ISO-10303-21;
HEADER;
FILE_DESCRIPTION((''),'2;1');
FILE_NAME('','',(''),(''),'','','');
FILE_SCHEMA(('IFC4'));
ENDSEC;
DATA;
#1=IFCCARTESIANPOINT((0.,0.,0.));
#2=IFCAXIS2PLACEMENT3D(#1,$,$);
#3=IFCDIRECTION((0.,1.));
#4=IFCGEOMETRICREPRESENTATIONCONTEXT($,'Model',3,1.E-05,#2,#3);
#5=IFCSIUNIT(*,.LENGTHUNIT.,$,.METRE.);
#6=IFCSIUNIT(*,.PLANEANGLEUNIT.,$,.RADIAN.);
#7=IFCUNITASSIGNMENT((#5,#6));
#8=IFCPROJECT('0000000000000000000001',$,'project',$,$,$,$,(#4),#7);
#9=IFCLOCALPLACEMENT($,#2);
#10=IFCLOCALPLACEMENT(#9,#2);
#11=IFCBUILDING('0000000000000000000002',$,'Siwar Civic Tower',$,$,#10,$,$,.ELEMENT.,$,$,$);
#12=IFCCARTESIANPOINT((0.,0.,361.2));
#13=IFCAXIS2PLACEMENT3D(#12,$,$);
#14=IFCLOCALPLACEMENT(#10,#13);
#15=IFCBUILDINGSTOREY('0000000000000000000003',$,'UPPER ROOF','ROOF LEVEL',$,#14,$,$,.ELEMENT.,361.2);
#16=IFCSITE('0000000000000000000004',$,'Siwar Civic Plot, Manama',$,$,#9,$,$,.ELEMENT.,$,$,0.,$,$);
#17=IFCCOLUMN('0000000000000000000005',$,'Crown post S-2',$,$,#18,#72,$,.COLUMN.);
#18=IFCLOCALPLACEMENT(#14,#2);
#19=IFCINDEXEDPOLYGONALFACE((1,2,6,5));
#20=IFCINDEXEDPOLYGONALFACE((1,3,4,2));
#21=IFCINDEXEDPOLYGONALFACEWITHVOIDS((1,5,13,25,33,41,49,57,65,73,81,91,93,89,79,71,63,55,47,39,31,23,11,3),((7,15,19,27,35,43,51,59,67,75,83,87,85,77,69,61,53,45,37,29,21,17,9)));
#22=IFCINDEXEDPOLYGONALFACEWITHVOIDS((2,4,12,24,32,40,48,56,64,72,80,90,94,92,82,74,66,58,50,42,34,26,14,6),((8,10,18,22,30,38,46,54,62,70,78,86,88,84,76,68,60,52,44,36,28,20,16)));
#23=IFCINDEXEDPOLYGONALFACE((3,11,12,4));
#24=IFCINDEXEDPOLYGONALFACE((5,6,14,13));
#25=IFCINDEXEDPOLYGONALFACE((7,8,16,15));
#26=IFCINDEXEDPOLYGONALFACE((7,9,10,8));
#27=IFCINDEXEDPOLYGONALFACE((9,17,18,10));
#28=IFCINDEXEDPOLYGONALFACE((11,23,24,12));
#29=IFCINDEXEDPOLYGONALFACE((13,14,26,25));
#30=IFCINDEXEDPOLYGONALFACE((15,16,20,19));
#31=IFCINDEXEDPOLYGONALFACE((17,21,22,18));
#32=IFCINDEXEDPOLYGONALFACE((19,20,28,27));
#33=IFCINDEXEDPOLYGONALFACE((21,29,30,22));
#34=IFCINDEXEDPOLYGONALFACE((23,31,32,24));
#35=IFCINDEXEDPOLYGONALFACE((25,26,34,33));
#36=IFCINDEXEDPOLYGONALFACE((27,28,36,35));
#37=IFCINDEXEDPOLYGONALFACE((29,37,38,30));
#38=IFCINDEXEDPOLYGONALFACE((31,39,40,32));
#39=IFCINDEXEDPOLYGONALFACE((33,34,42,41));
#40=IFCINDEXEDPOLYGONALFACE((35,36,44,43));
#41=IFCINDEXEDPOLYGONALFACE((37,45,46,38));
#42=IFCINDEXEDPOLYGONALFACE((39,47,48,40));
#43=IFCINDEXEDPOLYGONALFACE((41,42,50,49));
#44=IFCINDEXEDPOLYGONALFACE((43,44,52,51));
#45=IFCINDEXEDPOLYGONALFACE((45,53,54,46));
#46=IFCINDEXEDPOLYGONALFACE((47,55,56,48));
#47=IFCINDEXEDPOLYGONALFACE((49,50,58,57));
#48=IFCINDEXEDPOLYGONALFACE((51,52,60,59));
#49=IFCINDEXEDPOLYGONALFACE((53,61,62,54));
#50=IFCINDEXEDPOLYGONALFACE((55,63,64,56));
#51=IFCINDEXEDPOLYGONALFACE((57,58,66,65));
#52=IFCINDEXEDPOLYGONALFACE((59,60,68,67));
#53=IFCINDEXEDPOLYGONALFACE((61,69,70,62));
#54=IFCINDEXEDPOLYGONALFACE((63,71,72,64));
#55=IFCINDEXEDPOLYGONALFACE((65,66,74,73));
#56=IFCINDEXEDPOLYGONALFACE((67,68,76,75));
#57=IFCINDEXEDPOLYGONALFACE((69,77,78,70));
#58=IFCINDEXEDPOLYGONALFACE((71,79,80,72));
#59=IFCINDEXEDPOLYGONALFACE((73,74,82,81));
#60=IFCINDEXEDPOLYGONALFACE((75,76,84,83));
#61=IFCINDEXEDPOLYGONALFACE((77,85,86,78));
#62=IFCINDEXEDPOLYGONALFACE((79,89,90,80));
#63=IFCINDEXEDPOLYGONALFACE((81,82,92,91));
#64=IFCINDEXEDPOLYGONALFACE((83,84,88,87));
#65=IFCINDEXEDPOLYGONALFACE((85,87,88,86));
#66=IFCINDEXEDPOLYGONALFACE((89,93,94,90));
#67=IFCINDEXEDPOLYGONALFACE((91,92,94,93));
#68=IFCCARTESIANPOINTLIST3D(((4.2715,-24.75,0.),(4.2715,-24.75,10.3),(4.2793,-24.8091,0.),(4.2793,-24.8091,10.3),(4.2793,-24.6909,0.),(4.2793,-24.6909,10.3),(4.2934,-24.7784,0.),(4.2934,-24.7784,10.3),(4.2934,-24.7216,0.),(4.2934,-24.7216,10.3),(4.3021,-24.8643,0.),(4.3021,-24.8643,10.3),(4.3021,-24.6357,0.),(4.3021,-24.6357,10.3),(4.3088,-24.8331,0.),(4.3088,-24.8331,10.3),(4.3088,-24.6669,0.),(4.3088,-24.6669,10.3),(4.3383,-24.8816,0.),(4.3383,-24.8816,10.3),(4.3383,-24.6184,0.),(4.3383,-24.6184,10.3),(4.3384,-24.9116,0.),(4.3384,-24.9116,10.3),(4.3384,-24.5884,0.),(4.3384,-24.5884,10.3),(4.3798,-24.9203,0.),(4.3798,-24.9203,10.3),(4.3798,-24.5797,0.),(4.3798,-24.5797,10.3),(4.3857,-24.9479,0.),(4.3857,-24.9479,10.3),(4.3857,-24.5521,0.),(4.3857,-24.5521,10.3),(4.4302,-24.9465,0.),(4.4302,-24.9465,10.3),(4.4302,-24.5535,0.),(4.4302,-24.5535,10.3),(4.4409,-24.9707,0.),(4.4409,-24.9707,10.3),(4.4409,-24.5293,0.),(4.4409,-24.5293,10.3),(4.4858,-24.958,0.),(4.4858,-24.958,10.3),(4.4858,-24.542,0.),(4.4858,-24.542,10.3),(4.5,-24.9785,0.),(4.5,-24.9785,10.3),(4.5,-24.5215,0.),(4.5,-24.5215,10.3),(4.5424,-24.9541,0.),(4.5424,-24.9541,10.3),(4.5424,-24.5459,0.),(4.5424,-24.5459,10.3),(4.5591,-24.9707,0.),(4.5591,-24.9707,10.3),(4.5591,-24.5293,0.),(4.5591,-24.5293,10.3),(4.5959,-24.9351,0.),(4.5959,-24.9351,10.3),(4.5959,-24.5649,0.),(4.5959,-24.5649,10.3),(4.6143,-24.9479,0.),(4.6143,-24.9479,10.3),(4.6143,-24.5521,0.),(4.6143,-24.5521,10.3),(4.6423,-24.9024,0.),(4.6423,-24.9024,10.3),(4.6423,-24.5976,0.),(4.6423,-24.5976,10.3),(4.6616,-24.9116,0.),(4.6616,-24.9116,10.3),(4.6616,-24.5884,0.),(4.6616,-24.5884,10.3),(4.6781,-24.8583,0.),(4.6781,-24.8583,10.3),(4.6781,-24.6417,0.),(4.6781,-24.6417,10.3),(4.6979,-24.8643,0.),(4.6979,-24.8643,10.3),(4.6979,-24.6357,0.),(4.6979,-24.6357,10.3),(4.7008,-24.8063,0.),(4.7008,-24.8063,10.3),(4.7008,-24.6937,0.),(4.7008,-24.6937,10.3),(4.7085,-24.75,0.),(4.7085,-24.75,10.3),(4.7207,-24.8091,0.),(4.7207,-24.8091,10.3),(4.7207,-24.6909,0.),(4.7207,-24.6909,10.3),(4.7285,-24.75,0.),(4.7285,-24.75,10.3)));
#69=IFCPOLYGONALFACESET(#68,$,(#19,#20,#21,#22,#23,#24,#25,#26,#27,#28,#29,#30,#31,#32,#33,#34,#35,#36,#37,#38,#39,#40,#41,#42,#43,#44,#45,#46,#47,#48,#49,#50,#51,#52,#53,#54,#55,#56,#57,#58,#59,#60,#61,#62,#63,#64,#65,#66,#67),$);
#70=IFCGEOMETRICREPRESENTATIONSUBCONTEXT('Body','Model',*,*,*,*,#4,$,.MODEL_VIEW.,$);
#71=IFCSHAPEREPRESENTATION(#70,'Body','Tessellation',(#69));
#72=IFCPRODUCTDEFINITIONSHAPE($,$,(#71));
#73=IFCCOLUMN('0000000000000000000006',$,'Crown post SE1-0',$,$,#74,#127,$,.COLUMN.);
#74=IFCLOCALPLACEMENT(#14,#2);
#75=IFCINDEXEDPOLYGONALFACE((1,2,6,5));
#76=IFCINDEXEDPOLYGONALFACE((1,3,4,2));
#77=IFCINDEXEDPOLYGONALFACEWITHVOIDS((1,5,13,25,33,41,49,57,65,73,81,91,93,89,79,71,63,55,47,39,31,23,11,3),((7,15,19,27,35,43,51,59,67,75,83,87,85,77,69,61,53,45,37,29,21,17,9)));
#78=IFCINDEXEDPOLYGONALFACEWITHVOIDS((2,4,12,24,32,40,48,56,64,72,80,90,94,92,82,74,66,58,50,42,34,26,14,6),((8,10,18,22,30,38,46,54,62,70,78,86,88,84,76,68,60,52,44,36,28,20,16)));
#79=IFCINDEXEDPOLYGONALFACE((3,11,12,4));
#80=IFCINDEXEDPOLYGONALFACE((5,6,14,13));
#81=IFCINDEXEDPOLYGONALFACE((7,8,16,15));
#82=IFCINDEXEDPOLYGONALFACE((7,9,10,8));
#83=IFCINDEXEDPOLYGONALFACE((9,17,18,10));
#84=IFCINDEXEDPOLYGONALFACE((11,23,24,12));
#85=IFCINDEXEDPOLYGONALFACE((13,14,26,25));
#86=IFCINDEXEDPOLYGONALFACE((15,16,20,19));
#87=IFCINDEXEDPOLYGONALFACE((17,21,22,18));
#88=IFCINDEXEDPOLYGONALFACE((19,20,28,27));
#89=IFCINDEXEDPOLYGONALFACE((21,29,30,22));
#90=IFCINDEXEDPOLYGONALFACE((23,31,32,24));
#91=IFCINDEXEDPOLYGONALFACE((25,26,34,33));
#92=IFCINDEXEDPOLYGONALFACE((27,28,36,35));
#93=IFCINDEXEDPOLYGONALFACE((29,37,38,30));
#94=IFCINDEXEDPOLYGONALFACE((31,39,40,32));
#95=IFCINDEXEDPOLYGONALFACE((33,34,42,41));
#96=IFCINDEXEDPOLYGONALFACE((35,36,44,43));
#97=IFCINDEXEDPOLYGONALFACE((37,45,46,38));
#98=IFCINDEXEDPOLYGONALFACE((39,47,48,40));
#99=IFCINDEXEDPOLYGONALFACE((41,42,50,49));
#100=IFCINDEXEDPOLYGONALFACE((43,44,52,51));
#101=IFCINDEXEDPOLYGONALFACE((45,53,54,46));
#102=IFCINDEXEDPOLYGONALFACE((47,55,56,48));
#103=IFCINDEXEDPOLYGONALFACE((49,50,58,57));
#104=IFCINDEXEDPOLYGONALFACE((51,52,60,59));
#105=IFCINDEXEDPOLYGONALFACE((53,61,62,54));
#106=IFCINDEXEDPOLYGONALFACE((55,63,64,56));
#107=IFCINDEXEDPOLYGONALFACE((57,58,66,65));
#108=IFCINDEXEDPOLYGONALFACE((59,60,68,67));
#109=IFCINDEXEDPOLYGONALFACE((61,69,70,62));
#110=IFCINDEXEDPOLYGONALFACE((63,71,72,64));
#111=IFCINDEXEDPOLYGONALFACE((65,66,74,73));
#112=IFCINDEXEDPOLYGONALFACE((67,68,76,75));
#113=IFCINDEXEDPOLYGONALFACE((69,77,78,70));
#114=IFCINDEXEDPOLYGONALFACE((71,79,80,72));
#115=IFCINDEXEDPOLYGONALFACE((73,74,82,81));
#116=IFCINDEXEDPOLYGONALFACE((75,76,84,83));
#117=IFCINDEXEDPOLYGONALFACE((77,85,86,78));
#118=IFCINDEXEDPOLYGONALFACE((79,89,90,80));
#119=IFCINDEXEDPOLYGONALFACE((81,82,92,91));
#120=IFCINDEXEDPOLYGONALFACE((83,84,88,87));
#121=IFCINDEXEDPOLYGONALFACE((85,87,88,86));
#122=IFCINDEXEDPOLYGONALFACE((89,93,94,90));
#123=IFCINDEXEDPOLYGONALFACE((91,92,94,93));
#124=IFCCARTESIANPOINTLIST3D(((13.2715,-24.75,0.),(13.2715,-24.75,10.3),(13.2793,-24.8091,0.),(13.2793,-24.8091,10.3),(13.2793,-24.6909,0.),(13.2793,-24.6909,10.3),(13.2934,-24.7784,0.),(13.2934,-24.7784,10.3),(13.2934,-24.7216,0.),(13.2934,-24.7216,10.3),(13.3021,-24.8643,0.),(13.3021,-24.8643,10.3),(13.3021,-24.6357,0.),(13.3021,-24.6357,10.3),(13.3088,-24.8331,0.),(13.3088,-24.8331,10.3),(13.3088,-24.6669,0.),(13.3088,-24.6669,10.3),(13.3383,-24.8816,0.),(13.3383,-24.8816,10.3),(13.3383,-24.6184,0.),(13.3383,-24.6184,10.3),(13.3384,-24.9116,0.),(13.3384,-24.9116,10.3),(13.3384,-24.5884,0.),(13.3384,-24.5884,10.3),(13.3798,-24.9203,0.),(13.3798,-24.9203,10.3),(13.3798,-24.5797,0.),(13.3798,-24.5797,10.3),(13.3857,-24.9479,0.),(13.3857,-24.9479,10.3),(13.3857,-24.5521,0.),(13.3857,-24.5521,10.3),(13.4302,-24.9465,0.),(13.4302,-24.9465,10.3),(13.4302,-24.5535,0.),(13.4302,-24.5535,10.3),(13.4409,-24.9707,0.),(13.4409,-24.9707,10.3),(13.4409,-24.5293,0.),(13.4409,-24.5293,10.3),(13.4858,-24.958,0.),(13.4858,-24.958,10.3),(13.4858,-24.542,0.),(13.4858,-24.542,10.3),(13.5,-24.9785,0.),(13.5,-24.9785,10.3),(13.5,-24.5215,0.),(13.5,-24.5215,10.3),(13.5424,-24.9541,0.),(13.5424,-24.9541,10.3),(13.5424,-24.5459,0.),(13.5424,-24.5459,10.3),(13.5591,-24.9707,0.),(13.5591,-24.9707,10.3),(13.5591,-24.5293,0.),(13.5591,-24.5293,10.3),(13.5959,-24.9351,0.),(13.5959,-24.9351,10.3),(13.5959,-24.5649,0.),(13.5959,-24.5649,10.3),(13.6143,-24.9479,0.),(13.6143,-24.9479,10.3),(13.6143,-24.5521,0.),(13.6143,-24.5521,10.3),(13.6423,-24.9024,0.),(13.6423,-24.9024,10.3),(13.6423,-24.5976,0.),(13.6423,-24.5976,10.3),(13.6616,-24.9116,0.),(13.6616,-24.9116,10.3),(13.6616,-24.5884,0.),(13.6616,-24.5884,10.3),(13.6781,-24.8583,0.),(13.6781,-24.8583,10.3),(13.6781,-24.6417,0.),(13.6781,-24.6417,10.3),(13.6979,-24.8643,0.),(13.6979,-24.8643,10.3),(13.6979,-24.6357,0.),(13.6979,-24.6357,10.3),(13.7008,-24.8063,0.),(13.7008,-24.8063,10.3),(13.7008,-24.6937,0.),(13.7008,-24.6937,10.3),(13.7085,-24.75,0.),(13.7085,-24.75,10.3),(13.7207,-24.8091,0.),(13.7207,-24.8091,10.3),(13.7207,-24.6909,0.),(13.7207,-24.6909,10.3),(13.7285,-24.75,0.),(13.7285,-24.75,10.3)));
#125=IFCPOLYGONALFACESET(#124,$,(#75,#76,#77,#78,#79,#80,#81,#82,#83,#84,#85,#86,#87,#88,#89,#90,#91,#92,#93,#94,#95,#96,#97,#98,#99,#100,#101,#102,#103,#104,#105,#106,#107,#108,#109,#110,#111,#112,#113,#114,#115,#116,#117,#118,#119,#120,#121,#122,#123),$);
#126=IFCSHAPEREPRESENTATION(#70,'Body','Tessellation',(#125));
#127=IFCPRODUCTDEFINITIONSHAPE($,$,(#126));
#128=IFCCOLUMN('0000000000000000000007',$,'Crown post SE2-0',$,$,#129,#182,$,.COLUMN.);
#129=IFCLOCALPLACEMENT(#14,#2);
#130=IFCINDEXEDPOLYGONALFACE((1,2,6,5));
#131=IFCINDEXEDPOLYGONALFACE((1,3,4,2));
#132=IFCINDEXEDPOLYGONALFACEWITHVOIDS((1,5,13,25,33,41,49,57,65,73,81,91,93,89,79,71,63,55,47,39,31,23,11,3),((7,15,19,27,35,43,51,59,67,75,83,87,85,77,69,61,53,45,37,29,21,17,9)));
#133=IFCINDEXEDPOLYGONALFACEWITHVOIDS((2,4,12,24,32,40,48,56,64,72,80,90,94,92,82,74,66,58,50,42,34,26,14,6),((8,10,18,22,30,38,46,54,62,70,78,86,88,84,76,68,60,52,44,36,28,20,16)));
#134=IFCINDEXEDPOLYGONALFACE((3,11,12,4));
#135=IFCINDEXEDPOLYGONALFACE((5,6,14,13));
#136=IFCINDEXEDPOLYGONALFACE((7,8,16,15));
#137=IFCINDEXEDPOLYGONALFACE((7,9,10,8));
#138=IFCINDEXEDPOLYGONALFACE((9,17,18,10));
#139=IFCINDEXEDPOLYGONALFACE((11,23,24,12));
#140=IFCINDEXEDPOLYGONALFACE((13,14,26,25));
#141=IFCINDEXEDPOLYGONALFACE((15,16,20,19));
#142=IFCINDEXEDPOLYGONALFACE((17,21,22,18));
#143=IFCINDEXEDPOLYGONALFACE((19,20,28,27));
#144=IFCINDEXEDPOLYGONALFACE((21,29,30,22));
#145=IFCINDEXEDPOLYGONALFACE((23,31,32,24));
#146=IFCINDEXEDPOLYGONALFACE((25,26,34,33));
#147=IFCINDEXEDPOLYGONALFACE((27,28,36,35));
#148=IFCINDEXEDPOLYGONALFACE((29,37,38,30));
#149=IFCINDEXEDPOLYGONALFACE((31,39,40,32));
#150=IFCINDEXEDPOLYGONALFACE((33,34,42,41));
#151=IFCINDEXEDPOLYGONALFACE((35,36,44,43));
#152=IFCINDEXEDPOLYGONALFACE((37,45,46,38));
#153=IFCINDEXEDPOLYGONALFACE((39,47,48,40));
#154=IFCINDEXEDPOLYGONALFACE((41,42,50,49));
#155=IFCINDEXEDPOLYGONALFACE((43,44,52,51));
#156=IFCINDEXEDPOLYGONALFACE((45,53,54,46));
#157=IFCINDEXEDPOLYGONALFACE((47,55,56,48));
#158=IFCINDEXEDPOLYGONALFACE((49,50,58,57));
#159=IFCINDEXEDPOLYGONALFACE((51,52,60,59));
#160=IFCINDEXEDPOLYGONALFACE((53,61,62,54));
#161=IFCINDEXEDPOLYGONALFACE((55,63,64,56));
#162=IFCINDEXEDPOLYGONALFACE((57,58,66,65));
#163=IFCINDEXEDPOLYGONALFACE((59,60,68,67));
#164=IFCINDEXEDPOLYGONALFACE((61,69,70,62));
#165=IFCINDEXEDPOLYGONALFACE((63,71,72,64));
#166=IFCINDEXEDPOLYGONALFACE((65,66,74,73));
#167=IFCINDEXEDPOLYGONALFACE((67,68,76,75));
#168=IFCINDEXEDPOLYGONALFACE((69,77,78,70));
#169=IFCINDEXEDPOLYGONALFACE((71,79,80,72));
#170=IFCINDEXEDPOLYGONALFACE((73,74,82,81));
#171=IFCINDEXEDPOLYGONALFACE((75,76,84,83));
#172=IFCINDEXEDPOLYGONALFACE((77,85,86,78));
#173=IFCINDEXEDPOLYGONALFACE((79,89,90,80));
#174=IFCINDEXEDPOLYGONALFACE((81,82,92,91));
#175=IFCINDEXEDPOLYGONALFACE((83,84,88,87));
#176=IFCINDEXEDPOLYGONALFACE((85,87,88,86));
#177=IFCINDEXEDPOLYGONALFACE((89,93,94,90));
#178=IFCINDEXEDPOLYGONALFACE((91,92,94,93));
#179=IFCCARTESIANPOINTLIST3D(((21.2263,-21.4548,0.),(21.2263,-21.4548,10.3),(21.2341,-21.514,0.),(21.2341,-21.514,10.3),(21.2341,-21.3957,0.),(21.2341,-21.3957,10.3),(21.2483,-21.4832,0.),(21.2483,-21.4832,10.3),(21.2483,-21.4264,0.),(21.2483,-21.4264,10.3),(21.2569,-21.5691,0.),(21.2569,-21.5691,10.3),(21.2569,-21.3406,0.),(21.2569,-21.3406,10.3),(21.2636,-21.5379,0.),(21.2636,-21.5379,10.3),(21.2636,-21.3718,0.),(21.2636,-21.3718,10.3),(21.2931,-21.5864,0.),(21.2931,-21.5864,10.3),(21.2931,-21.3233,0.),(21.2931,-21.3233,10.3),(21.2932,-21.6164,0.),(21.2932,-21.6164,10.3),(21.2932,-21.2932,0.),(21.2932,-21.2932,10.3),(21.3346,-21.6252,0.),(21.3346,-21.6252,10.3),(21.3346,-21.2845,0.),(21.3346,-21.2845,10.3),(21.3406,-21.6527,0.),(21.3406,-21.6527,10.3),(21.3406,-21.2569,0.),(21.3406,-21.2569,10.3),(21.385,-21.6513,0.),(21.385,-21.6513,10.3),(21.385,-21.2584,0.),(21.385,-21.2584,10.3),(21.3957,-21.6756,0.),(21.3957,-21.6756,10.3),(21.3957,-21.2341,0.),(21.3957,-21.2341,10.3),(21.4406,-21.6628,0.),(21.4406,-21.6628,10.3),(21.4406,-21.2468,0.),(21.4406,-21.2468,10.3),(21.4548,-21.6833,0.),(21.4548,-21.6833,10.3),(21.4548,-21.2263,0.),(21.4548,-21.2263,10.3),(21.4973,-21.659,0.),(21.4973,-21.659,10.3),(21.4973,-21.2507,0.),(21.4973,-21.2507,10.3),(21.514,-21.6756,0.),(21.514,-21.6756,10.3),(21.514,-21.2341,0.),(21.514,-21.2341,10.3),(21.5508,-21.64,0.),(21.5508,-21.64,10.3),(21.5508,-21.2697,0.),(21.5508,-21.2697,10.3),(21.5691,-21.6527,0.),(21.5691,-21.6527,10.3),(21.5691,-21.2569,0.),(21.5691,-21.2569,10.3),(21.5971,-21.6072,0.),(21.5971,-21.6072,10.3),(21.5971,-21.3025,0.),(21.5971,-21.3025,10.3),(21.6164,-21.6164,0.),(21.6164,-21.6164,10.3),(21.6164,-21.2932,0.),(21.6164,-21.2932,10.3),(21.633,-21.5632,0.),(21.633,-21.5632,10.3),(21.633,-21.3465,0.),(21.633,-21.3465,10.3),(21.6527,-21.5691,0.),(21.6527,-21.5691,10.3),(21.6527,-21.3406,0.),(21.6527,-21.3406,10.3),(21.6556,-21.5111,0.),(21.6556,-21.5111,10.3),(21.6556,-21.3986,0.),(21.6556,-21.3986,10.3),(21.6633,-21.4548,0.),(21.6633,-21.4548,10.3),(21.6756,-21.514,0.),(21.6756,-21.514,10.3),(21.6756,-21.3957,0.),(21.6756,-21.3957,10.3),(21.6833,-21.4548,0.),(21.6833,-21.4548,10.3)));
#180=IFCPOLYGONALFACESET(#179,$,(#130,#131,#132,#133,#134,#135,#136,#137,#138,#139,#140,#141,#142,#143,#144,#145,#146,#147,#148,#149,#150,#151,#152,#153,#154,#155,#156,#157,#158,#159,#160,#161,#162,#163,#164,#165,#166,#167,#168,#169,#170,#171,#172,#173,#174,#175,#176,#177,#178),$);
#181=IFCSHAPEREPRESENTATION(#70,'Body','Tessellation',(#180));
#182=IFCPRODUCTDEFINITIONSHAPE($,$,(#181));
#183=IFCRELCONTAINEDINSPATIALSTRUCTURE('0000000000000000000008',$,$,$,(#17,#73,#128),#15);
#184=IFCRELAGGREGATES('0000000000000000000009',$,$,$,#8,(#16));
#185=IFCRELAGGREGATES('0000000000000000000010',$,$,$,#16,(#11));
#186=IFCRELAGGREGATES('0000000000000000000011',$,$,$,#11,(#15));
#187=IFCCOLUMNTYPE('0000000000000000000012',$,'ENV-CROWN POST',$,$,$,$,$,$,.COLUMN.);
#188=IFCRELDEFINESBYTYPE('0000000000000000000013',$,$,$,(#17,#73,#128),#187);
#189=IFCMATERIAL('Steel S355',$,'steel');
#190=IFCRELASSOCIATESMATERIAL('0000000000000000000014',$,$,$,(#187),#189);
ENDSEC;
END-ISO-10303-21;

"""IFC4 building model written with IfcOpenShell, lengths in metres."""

from ifc_helpers import new_model, si_unit, direction, frame, origin, origin_2d, place, context, subcontext, project, spatial, hollow_circle, extrude, material, material_profile, profile_set, type_object, element, save


model = new_model("IFC4")

# Units and contexts
model_context = context("Model", 3, precision=1e-05, world=origin(), true_north=direction((0.0, 1.0)))
body_context = subcontext(model_context, "Body", "Model", "MODEL_VIEW")
ifc_project = project(units=[si_unit("LENGTHUNIT", "METRE"), si_unit("PLANEANGLEUNIT", "RADIAN")], contexts=[model_context])

# Site, building, storey
site_placement = place(None, origin())
site = spatial("IfcSite", under=ifc_project, at=site_placement, Name="Siwar Civic Plot, Manama", CompositionType="ELEMENT", RefElevation=0.0)
building_placement = place(site_placement, origin())
building = spatial("IfcBuilding", under=site, at=building_placement, Name="Siwar Civic Tower", CompositionType="ELEMENT")
storey_placement = place(building_placement, frame((0.0, 0.0, 361.2)))
storey = spatial("IfcBuildingStorey", under=building, at=storey_placement, Name="UPPER ROOF", Description="ROOF LEVEL", CompositionType="ELEMENT", Elevation=361.2)

# Columns
ifc_material_1 = material(Name="Steel S355", Category="steel")
ifc_material_profile_1 = material_profile(ifc_material_1, hollow_circle(Radius=0.2285, WallThickness=0.02, at=origin_2d()), Name="CHS457x20")
ifc_profile_set_1 = profile_set([ifc_material_profile_1], Name="Steel S355")
column_type = type_object("IfcColumnType", Name="ENV-CROWN POST", PredefinedType="COLUMN", material=ifc_profile_set_1)
for number, where, z_axis, x_axis, name in (
    (1, (4.5, -24.75, 0.0), (0.0, 0.0, 1.0), (1.0, 0.0, 0.0), "Crown post S-2"),
    (2, (13.5, -24.75, 0.0), (0.0, 0.0, 1.0), (1.0, 0.0, 0.0), "Crown post SE1-0"),
    (3, (21.4548, -21.4548, 0.0), (0.0, 0.0, 1.0), (1.0, 0.0, 0.0), "Crown post SE2-0"),
):
    element("IfcColumn", number, at=place(storey_placement, frame(where, z_axis=z_axis, x_axis=x_axis)), inside=storey, type_object=column_type, Name=name, PredefinedType="COLUMN", context=body_context, shape_type="SweptSolid", body=[
        extrude(hollow_circle(Radius=0.2285, WallThickness=0.02, at=origin_2d()), origin(), (0.0, 0.0, 1.0), 10.3),
    ])

save(model, "model.ifc")
